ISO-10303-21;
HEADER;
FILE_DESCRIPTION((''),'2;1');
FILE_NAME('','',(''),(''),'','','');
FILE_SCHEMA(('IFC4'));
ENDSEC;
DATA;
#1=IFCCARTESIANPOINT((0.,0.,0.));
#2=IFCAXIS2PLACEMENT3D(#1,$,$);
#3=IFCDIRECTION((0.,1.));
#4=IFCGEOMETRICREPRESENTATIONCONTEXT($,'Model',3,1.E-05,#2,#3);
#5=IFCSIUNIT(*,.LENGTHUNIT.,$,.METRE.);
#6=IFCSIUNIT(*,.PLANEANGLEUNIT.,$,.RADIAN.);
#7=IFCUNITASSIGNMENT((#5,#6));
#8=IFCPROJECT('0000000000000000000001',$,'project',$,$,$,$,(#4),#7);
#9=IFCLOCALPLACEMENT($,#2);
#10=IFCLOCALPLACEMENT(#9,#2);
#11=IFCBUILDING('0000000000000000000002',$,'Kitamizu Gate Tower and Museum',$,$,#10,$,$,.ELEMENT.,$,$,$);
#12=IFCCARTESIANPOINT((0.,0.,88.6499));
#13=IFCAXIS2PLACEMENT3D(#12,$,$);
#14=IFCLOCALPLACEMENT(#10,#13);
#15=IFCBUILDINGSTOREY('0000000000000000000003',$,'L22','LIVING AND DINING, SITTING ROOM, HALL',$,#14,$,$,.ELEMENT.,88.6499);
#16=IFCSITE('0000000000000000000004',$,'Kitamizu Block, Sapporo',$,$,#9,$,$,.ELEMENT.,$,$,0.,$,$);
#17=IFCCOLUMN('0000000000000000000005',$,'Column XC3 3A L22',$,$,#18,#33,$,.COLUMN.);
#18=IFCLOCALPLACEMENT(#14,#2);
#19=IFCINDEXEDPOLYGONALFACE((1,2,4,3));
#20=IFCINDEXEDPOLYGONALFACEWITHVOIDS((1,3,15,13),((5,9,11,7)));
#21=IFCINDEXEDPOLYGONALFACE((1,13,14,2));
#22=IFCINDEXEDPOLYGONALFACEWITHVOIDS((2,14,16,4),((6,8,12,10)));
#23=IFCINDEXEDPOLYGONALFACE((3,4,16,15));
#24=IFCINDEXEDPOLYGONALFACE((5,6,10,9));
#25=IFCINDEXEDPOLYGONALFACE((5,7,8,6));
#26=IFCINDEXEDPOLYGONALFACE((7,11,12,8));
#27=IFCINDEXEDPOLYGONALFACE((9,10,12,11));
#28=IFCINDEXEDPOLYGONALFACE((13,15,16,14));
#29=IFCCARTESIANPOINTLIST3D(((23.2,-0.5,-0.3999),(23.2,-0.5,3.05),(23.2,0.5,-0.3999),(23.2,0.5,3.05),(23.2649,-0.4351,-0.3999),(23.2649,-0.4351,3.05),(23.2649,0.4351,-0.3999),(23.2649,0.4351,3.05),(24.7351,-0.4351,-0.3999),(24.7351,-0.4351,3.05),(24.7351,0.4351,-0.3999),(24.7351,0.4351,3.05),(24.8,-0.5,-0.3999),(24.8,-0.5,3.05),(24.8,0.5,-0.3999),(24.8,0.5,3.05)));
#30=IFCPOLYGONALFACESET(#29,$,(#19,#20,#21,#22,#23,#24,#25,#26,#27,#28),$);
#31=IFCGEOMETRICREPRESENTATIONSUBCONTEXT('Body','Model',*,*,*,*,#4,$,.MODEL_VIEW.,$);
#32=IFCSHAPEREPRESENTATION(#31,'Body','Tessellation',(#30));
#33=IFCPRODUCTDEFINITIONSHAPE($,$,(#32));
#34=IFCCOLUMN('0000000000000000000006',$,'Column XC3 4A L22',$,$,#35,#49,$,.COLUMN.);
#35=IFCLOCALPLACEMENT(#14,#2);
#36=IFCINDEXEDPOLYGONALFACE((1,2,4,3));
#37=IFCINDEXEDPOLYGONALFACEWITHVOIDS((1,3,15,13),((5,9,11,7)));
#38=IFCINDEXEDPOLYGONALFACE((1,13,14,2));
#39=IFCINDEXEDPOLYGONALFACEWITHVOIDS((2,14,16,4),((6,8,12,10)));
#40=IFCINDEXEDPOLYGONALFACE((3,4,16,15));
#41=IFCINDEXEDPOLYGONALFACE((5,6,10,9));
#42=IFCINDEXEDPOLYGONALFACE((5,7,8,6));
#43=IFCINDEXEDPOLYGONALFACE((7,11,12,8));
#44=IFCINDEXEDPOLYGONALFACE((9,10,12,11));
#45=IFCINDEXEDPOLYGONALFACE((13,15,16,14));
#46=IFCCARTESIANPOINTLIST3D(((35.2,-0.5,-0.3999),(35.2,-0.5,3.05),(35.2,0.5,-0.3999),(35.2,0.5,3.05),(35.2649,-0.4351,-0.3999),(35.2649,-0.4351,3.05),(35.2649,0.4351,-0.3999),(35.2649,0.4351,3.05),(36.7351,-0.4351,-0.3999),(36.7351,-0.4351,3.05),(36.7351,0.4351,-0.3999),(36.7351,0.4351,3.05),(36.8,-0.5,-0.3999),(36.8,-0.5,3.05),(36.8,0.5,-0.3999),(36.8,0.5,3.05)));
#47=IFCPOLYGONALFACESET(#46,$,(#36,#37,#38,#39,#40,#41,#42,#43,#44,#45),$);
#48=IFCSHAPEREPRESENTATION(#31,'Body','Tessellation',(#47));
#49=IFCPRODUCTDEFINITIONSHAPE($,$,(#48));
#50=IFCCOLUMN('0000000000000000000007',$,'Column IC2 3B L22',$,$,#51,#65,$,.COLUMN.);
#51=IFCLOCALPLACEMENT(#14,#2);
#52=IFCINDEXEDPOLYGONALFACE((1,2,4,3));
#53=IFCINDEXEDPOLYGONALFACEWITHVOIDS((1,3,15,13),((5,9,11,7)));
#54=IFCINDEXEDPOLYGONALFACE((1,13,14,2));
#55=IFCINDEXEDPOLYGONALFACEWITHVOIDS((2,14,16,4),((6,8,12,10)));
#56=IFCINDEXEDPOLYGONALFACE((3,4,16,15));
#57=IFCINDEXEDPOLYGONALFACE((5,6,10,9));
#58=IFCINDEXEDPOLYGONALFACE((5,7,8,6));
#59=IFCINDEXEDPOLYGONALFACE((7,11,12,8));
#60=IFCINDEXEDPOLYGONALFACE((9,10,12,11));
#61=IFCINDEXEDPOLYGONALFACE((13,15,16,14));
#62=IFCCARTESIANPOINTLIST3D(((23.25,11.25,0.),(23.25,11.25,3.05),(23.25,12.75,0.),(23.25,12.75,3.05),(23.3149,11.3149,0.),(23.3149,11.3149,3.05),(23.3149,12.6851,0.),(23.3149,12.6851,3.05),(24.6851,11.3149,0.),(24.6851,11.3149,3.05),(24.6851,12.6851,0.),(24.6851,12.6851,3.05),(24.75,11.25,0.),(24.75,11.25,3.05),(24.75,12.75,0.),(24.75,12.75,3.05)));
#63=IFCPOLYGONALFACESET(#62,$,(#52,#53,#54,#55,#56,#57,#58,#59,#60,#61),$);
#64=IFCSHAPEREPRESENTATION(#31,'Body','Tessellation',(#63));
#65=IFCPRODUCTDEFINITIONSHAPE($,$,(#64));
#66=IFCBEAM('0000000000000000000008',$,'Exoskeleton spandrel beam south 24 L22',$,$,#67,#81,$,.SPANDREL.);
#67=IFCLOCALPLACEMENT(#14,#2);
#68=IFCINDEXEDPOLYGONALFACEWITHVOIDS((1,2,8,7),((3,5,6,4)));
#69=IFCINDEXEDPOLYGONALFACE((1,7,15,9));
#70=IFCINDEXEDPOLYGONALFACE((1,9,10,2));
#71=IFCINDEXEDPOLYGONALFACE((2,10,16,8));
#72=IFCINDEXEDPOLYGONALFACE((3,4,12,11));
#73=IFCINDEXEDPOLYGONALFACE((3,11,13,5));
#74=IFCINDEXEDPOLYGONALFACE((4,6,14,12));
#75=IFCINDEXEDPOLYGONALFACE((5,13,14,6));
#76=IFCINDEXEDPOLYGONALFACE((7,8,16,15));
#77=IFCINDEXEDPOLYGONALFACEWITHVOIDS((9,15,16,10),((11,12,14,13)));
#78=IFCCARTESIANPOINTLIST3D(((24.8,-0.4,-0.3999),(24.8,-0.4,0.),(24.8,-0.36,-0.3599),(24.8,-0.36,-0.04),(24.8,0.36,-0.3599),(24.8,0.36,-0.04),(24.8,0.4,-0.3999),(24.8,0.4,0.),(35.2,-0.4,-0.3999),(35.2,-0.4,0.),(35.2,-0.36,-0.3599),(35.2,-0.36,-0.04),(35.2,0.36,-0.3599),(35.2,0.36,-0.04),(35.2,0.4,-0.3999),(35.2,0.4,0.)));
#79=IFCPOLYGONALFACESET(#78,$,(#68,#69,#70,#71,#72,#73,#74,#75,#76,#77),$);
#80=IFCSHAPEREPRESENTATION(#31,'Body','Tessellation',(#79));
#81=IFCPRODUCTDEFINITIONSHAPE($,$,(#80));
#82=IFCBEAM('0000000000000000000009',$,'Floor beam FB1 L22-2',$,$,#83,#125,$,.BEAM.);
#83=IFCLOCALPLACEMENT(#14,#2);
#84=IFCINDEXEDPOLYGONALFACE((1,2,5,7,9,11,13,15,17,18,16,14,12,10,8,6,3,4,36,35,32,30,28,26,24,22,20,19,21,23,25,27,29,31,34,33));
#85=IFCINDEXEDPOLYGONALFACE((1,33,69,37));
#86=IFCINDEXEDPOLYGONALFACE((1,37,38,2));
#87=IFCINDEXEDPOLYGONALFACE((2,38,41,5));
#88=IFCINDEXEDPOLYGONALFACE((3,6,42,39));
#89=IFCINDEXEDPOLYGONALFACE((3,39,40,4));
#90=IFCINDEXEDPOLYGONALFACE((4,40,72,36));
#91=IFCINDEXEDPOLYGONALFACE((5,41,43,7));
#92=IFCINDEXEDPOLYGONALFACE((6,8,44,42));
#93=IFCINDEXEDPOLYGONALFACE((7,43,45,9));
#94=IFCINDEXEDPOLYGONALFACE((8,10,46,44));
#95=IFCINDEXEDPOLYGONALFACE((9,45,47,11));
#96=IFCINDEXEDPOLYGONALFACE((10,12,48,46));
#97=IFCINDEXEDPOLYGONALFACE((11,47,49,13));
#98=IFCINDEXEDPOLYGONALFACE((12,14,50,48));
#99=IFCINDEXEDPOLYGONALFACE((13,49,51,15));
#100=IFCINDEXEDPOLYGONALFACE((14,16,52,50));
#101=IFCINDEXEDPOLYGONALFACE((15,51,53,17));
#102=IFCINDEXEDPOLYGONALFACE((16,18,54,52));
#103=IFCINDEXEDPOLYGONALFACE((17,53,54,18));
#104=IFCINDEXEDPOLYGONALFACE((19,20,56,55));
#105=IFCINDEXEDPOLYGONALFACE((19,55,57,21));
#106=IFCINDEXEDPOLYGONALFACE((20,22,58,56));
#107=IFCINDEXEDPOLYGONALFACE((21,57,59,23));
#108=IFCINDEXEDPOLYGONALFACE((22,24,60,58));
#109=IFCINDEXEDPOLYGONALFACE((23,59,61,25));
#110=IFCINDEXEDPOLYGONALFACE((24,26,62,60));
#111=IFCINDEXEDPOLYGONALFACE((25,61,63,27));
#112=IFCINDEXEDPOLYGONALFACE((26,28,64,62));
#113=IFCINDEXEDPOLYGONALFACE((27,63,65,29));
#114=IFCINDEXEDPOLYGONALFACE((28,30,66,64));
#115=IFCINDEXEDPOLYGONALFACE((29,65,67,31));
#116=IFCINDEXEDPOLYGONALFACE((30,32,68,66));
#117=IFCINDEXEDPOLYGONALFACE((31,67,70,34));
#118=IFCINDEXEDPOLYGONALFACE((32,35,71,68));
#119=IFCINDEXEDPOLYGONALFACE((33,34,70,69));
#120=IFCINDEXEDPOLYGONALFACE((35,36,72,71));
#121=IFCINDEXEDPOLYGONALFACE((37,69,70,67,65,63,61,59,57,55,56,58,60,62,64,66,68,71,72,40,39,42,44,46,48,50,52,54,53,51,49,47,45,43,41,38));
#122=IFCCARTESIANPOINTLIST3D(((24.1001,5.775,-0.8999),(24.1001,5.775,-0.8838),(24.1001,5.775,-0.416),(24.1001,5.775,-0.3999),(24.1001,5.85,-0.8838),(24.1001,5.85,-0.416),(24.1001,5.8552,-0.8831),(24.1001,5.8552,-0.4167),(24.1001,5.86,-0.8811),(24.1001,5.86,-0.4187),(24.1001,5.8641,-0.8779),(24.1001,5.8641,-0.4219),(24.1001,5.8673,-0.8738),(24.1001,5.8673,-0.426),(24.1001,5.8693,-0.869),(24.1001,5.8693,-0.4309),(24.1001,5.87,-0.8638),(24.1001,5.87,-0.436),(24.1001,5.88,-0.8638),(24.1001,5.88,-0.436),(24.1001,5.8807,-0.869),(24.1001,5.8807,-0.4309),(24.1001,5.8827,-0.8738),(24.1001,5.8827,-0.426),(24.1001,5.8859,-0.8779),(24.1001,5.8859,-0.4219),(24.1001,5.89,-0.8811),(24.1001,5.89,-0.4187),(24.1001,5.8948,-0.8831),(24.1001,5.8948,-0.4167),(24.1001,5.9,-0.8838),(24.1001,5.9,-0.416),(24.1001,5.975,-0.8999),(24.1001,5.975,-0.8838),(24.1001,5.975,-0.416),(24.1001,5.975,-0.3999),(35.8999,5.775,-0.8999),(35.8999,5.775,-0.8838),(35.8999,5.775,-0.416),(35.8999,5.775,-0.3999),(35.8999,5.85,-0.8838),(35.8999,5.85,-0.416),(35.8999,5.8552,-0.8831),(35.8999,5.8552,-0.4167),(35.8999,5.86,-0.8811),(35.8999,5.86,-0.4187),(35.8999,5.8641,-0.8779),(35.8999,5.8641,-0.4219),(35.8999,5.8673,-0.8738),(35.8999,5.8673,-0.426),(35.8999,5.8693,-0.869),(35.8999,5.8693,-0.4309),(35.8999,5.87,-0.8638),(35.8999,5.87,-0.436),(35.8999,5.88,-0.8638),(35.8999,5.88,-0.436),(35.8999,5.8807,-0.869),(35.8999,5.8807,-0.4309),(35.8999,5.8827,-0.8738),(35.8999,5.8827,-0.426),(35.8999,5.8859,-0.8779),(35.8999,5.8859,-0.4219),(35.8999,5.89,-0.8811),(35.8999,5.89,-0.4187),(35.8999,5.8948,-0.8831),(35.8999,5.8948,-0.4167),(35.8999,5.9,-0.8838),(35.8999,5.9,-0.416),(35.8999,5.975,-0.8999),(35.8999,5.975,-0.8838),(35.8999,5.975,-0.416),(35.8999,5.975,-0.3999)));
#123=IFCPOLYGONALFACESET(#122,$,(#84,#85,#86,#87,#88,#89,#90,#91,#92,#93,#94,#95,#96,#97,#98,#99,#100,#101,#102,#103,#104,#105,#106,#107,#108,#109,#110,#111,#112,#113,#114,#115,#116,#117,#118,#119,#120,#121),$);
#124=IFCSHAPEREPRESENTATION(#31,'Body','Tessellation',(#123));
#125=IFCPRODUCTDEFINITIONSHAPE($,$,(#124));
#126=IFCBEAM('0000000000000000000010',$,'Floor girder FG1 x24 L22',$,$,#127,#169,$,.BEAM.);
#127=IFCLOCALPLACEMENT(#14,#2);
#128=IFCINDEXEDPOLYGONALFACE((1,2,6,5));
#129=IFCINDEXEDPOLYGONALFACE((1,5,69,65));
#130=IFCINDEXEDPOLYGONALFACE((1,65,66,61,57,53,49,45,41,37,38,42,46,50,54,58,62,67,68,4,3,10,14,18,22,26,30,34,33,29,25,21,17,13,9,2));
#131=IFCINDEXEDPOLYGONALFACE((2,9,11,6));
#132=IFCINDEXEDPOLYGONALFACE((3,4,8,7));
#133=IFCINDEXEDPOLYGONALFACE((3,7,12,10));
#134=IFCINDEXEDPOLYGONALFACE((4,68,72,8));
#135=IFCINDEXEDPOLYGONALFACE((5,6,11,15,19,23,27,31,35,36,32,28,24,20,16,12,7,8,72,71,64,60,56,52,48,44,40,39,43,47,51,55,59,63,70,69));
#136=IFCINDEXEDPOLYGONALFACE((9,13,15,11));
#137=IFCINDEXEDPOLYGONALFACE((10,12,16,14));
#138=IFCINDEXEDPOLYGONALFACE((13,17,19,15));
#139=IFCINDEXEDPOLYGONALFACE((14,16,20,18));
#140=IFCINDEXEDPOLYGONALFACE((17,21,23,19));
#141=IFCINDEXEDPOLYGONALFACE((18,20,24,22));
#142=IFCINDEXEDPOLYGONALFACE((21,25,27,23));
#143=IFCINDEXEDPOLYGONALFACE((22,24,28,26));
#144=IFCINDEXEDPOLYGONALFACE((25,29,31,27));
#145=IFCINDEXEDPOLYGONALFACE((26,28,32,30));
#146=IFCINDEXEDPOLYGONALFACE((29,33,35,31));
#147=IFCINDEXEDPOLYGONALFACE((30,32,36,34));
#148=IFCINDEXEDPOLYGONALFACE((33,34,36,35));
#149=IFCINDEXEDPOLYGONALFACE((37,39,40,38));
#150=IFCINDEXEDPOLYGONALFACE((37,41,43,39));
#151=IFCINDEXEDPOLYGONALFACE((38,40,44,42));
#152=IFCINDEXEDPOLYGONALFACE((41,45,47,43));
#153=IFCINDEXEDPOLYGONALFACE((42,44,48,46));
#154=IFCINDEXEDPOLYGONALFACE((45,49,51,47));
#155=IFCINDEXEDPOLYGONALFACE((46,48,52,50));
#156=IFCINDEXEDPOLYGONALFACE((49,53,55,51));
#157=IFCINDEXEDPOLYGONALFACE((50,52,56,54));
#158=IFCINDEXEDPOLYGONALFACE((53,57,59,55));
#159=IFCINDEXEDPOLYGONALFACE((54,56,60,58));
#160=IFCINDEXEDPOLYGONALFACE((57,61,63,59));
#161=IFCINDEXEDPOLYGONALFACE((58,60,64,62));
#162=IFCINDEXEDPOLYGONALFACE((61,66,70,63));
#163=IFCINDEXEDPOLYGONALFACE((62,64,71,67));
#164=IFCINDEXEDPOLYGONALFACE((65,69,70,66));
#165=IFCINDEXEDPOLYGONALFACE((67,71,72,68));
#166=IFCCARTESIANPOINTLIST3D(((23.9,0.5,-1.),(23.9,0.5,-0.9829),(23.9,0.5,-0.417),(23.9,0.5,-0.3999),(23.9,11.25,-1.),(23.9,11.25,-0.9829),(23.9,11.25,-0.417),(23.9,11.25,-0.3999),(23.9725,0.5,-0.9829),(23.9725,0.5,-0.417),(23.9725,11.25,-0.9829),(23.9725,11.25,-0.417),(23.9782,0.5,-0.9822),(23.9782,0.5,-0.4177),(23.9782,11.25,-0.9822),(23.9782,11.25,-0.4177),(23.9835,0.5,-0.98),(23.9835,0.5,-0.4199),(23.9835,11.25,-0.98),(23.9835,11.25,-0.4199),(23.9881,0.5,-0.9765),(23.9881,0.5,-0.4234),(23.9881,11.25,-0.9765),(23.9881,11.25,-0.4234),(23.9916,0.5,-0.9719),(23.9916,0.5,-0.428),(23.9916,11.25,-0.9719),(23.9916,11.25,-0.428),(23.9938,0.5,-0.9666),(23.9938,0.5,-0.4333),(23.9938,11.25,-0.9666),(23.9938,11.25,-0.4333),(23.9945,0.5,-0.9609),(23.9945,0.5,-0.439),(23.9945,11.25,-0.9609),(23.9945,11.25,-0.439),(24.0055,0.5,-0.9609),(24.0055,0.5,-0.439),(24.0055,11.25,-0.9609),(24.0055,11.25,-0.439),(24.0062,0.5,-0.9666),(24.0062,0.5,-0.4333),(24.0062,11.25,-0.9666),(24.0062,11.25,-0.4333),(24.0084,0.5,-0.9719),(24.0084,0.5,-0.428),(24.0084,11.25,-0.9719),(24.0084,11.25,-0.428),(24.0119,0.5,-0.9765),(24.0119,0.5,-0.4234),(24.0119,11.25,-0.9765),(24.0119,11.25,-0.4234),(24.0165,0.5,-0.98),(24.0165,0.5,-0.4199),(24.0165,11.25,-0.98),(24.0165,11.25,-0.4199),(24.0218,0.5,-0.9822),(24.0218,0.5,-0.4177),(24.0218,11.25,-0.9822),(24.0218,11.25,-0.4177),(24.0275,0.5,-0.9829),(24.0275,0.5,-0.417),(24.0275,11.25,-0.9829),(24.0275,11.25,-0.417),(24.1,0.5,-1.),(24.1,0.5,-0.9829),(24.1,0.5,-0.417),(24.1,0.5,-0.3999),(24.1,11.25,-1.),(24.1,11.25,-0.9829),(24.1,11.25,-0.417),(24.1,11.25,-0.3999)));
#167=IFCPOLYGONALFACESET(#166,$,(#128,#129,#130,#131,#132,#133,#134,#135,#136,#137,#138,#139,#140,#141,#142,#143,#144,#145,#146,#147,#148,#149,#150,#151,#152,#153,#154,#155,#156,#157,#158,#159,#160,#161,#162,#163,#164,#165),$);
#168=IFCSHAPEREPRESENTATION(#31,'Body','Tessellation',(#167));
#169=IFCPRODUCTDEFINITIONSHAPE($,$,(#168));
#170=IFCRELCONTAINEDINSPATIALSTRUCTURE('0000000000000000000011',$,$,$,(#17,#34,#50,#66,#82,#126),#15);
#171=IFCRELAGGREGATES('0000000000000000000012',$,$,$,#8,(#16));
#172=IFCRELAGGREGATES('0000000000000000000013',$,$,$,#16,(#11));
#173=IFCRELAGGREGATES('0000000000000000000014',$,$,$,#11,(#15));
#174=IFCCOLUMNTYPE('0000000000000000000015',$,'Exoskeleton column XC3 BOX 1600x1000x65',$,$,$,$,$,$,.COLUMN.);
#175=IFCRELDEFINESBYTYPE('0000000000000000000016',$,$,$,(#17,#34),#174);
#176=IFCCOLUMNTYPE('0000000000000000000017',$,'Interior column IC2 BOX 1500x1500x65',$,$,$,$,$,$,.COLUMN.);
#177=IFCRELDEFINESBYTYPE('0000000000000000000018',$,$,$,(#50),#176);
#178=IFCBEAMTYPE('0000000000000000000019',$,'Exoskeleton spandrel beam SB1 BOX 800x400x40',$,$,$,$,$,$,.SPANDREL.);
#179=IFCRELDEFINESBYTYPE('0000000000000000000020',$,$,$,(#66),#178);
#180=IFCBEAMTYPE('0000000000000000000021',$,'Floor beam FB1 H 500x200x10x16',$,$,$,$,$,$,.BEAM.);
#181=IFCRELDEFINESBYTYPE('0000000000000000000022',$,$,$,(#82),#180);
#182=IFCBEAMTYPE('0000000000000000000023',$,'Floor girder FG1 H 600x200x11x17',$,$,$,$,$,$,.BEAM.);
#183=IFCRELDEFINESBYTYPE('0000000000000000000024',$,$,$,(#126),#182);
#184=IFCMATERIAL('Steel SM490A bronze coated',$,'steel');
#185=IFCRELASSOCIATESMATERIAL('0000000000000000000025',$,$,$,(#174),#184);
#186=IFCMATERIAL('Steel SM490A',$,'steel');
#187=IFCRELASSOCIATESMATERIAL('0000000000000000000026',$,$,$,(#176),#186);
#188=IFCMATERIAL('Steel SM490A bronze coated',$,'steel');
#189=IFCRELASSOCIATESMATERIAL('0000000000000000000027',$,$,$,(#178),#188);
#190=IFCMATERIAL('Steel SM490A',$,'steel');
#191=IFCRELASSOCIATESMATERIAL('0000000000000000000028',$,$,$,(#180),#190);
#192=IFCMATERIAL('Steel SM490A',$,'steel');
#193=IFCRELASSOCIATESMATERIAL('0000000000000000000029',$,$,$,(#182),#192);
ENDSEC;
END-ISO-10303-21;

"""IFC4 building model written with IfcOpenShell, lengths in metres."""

from ifc_helpers import new_model, si_unit, direction, frame, origin, origin_2d, place, context, subcontext, project, spatial, hollow_rectangle, i_section, extrude, material, material_profile, profile_set, type_object, element, save


model = new_model("IFC4")

# Units and contexts
model_context = context("Model", 3, precision=1e-05, world=origin(), true_north=direction((0.0, 1.0)))
body_context = subcontext(model_context, "Body", "Model", "MODEL_VIEW")
ifc_project = project(units=[si_unit("LENGTHUNIT", "METRE"), si_unit("PLANEANGLEUNIT", "RADIAN")], contexts=[model_context])

# Site, building, storey
site_placement = place(None, origin())
site = spatial("IfcSite", under=ifc_project, at=site_placement, Name="Kitamizu Block, Sapporo", CompositionType="ELEMENT", RefElevation=0.0)
building_placement = place(site_placement, origin())
building = spatial("IfcBuilding", under=site, at=building_placement, Name="Kitamizu Gate Tower and Museum", CompositionType="ELEMENT")
storey_placement = place(building_placement, frame((0.0, 0.0, 88.6499)))
storey = spatial("IfcBuildingStorey", under=building, at=storey_placement, Name="L22", Description="LIVING AND DINING, SITTING ROOM, HALL", CompositionType="ELEMENT", Elevation=88.6499)

# Columns
ifc_material_1 = material(Name="Steel SM490A bronze coated", Category="steel")
ifc_material_profile_1 = material_profile(ifc_material_1, hollow_rectangle(XDim=1.6001, YDim=1.0, WallThickness=0.0649, at=origin_2d()), Name="BOX 1600x1000x65")
ifc_profile_set_1 = profile_set([ifc_material_profile_1], Name="Steel SM490A bronze coated")
column_type_1 = type_object("IfcColumnType", Name="Exoskeleton column XC3 BOX 1600x1000x65", PredefinedType="COLUMN", material=ifc_profile_set_1)
for number, where, z_axis, x_axis, name in (
    (1, (24.0, 0.0, -0.3999), (0.0, 0.0, 1.0), (1.0, 0.0, 0.0), "Column XC3 3A L22"),
    (2, (36.0, 0.0, -0.3999), (0.0, 0.0, 1.0), (1.0, 0.0, 0.0), "Column XC3 4A L22"),
):
    element("IfcColumn", number, at=place(storey_placement, frame(where, z_axis=z_axis, x_axis=x_axis)), inside=storey, type_object=column_type_1, Name=name, PredefinedType="COLUMN", context=body_context, shape_type="SweptSolid", body=[
        extrude(hollow_rectangle(XDim=1.6001, YDim=1.0, WallThickness=0.0649, at=origin_2d()), origin(), (0.0, 0.0, 1.0), 3.45),
    ])
ifc_material_2 = material(Name="Steel SM490A", Category="steel")
ifc_material_profile_2 = material_profile(ifc_material_2, hollow_rectangle(XDim=1.5, YDim=1.5, WallThickness=0.0649, at=origin_2d()), Name="BOX 1500x1500x65")
ifc_profile_set_2 = profile_set([ifc_material_profile_2], Name="Steel SM490A")
column_type_2 = type_object("IfcColumnType", Name="Interior column IC2 BOX 1500x1500x65", PredefinedType="COLUMN", material=ifc_profile_set_2)
column_placement = place(storey_placement, frame((24.0, 12.0, 0.0), z_axis=(0.0, 0.0, 1.0), x_axis=(1.0, 0.0, 0.0)))
element("IfcColumn", 3, at=column_placement, inside=storey, type_object=column_type_2, Name="Column IC2 3B L22", PredefinedType="COLUMN", context=body_context, shape_type="SweptSolid", body=[
    extrude(hollow_rectangle(XDim=1.5, YDim=1.5, WallThickness=0.0649, at=origin_2d()), origin(), (0.0, 0.0, 1.0), 3.05),
])

# Beams
ifc_material_3 = material(Name="Steel SM490A bronze coated", Category="steel")
ifc_material_profile_3 = material_profile(ifc_material_3, hollow_rectangle(XDim=0.8, YDim=0.3999, WallThickness=0.04, at=origin_2d()), Name="BOX 800x400x40")
ifc_profile_set_3 = profile_set([ifc_material_profile_3], Name="Steel SM490A bronze coated")
beam_type_1 = type_object("IfcBeamType", Name="Exoskeleton spandrel beam SB1 BOX 800x400x40", PredefinedType="SPANDREL", material=ifc_profile_set_3)
beam_1_placement = place(storey_placement, frame((24.8, 0.0, -0.2), z_axis=(1.0, 0.0, 0.0), x_axis=(0.0, 1.0, 0.0)))
element("IfcBeam", 4, at=beam_1_placement, inside=storey, type_object=beam_type_1, Name="Exoskeleton spandrel beam south 24 L22", PredefinedType="SPANDREL", context=body_context, shape_type="SweptSolid", body=[
    extrude(hollow_rectangle(XDim=0.8, YDim=0.3999, WallThickness=0.04, at=origin_2d()), origin(), (0.0, 0.0, 1.0), 10.3999),
])
ifc_material_4 = material(Name="Steel SM490A", Category="steel")
ifc_material_profile_4 = material_profile(ifc_material_4, i_section(OverallWidth=0.2, OverallDepth=0.5, WebThickness=0.01, FlangeThickness=0.0161, FilletRadius=0.02, at=origin_2d()), Name="H-500x200x10x16")
ifc_profile_set_4 = profile_set([ifc_material_profile_4], Name="Steel SM490A")
beam_type_2 = type_object("IfcBeamType", Name="Floor beam FB1 H 500x200x10x16", PredefinedType="BEAM", material=ifc_profile_set_4)
beam_2_placement = place(storey_placement, frame((24.1001, 5.875, -0.6499), z_axis=(1.0, 0.0, 0.0), x_axis=(0.0, 1.0, 0.0)))
element("IfcBeam", 5, at=beam_2_placement, inside=storey, type_object=beam_type_2, Name="Floor beam FB1 L22-2", PredefinedType="BEAM", context=body_context, shape_type="SweptSolid", body=[
    extrude(i_section(OverallWidth=0.2, OverallDepth=0.5, WebThickness=0.01, FlangeThickness=0.0161, FilletRadius=0.02, at=origin_2d()), origin(), (0.0, 0.0, 1.0), 11.7998),
])
ifc_material_5 = material(Name="Steel SM490A", Category="steel")
ifc_material_profile_5 = material_profile(ifc_material_5, i_section(OverallWidth=0.2, OverallDepth=0.6001, WebThickness=0.011, FlangeThickness=0.0171, FilletRadius=0.022, at=origin_2d()), Name="H-600x200x11x17")
ifc_profile_set_5 = profile_set([ifc_material_profile_5], Name="Steel SM490A")
beam_type_3 = type_object("IfcBeamType", Name="Floor girder FG1 H 600x200x11x17", PredefinedType="BEAM", material=ifc_profile_set_5)
beam_3_placement = place(storey_placement, frame((24.0, 0.5, -0.7), z_axis=(0.0, 1.0, 0.0), x_axis=(-1.0, 0.0, 0.0)))
element("IfcBeam", 6, at=beam_3_placement, inside=storey, type_object=beam_type_3, Name="Floor girder FG1 x24 L22", PredefinedType="BEAM", context=body_context, shape_type="SweptSolid", body=[
    extrude(i_section(OverallWidth=0.2, OverallDepth=0.6001, WebThickness=0.011, FlangeThickness=0.0171, FilletRadius=0.022, at=origin_2d()), origin(), (0.0, 0.0, 1.0), 10.75),
])

save(model, "model.ifc")
